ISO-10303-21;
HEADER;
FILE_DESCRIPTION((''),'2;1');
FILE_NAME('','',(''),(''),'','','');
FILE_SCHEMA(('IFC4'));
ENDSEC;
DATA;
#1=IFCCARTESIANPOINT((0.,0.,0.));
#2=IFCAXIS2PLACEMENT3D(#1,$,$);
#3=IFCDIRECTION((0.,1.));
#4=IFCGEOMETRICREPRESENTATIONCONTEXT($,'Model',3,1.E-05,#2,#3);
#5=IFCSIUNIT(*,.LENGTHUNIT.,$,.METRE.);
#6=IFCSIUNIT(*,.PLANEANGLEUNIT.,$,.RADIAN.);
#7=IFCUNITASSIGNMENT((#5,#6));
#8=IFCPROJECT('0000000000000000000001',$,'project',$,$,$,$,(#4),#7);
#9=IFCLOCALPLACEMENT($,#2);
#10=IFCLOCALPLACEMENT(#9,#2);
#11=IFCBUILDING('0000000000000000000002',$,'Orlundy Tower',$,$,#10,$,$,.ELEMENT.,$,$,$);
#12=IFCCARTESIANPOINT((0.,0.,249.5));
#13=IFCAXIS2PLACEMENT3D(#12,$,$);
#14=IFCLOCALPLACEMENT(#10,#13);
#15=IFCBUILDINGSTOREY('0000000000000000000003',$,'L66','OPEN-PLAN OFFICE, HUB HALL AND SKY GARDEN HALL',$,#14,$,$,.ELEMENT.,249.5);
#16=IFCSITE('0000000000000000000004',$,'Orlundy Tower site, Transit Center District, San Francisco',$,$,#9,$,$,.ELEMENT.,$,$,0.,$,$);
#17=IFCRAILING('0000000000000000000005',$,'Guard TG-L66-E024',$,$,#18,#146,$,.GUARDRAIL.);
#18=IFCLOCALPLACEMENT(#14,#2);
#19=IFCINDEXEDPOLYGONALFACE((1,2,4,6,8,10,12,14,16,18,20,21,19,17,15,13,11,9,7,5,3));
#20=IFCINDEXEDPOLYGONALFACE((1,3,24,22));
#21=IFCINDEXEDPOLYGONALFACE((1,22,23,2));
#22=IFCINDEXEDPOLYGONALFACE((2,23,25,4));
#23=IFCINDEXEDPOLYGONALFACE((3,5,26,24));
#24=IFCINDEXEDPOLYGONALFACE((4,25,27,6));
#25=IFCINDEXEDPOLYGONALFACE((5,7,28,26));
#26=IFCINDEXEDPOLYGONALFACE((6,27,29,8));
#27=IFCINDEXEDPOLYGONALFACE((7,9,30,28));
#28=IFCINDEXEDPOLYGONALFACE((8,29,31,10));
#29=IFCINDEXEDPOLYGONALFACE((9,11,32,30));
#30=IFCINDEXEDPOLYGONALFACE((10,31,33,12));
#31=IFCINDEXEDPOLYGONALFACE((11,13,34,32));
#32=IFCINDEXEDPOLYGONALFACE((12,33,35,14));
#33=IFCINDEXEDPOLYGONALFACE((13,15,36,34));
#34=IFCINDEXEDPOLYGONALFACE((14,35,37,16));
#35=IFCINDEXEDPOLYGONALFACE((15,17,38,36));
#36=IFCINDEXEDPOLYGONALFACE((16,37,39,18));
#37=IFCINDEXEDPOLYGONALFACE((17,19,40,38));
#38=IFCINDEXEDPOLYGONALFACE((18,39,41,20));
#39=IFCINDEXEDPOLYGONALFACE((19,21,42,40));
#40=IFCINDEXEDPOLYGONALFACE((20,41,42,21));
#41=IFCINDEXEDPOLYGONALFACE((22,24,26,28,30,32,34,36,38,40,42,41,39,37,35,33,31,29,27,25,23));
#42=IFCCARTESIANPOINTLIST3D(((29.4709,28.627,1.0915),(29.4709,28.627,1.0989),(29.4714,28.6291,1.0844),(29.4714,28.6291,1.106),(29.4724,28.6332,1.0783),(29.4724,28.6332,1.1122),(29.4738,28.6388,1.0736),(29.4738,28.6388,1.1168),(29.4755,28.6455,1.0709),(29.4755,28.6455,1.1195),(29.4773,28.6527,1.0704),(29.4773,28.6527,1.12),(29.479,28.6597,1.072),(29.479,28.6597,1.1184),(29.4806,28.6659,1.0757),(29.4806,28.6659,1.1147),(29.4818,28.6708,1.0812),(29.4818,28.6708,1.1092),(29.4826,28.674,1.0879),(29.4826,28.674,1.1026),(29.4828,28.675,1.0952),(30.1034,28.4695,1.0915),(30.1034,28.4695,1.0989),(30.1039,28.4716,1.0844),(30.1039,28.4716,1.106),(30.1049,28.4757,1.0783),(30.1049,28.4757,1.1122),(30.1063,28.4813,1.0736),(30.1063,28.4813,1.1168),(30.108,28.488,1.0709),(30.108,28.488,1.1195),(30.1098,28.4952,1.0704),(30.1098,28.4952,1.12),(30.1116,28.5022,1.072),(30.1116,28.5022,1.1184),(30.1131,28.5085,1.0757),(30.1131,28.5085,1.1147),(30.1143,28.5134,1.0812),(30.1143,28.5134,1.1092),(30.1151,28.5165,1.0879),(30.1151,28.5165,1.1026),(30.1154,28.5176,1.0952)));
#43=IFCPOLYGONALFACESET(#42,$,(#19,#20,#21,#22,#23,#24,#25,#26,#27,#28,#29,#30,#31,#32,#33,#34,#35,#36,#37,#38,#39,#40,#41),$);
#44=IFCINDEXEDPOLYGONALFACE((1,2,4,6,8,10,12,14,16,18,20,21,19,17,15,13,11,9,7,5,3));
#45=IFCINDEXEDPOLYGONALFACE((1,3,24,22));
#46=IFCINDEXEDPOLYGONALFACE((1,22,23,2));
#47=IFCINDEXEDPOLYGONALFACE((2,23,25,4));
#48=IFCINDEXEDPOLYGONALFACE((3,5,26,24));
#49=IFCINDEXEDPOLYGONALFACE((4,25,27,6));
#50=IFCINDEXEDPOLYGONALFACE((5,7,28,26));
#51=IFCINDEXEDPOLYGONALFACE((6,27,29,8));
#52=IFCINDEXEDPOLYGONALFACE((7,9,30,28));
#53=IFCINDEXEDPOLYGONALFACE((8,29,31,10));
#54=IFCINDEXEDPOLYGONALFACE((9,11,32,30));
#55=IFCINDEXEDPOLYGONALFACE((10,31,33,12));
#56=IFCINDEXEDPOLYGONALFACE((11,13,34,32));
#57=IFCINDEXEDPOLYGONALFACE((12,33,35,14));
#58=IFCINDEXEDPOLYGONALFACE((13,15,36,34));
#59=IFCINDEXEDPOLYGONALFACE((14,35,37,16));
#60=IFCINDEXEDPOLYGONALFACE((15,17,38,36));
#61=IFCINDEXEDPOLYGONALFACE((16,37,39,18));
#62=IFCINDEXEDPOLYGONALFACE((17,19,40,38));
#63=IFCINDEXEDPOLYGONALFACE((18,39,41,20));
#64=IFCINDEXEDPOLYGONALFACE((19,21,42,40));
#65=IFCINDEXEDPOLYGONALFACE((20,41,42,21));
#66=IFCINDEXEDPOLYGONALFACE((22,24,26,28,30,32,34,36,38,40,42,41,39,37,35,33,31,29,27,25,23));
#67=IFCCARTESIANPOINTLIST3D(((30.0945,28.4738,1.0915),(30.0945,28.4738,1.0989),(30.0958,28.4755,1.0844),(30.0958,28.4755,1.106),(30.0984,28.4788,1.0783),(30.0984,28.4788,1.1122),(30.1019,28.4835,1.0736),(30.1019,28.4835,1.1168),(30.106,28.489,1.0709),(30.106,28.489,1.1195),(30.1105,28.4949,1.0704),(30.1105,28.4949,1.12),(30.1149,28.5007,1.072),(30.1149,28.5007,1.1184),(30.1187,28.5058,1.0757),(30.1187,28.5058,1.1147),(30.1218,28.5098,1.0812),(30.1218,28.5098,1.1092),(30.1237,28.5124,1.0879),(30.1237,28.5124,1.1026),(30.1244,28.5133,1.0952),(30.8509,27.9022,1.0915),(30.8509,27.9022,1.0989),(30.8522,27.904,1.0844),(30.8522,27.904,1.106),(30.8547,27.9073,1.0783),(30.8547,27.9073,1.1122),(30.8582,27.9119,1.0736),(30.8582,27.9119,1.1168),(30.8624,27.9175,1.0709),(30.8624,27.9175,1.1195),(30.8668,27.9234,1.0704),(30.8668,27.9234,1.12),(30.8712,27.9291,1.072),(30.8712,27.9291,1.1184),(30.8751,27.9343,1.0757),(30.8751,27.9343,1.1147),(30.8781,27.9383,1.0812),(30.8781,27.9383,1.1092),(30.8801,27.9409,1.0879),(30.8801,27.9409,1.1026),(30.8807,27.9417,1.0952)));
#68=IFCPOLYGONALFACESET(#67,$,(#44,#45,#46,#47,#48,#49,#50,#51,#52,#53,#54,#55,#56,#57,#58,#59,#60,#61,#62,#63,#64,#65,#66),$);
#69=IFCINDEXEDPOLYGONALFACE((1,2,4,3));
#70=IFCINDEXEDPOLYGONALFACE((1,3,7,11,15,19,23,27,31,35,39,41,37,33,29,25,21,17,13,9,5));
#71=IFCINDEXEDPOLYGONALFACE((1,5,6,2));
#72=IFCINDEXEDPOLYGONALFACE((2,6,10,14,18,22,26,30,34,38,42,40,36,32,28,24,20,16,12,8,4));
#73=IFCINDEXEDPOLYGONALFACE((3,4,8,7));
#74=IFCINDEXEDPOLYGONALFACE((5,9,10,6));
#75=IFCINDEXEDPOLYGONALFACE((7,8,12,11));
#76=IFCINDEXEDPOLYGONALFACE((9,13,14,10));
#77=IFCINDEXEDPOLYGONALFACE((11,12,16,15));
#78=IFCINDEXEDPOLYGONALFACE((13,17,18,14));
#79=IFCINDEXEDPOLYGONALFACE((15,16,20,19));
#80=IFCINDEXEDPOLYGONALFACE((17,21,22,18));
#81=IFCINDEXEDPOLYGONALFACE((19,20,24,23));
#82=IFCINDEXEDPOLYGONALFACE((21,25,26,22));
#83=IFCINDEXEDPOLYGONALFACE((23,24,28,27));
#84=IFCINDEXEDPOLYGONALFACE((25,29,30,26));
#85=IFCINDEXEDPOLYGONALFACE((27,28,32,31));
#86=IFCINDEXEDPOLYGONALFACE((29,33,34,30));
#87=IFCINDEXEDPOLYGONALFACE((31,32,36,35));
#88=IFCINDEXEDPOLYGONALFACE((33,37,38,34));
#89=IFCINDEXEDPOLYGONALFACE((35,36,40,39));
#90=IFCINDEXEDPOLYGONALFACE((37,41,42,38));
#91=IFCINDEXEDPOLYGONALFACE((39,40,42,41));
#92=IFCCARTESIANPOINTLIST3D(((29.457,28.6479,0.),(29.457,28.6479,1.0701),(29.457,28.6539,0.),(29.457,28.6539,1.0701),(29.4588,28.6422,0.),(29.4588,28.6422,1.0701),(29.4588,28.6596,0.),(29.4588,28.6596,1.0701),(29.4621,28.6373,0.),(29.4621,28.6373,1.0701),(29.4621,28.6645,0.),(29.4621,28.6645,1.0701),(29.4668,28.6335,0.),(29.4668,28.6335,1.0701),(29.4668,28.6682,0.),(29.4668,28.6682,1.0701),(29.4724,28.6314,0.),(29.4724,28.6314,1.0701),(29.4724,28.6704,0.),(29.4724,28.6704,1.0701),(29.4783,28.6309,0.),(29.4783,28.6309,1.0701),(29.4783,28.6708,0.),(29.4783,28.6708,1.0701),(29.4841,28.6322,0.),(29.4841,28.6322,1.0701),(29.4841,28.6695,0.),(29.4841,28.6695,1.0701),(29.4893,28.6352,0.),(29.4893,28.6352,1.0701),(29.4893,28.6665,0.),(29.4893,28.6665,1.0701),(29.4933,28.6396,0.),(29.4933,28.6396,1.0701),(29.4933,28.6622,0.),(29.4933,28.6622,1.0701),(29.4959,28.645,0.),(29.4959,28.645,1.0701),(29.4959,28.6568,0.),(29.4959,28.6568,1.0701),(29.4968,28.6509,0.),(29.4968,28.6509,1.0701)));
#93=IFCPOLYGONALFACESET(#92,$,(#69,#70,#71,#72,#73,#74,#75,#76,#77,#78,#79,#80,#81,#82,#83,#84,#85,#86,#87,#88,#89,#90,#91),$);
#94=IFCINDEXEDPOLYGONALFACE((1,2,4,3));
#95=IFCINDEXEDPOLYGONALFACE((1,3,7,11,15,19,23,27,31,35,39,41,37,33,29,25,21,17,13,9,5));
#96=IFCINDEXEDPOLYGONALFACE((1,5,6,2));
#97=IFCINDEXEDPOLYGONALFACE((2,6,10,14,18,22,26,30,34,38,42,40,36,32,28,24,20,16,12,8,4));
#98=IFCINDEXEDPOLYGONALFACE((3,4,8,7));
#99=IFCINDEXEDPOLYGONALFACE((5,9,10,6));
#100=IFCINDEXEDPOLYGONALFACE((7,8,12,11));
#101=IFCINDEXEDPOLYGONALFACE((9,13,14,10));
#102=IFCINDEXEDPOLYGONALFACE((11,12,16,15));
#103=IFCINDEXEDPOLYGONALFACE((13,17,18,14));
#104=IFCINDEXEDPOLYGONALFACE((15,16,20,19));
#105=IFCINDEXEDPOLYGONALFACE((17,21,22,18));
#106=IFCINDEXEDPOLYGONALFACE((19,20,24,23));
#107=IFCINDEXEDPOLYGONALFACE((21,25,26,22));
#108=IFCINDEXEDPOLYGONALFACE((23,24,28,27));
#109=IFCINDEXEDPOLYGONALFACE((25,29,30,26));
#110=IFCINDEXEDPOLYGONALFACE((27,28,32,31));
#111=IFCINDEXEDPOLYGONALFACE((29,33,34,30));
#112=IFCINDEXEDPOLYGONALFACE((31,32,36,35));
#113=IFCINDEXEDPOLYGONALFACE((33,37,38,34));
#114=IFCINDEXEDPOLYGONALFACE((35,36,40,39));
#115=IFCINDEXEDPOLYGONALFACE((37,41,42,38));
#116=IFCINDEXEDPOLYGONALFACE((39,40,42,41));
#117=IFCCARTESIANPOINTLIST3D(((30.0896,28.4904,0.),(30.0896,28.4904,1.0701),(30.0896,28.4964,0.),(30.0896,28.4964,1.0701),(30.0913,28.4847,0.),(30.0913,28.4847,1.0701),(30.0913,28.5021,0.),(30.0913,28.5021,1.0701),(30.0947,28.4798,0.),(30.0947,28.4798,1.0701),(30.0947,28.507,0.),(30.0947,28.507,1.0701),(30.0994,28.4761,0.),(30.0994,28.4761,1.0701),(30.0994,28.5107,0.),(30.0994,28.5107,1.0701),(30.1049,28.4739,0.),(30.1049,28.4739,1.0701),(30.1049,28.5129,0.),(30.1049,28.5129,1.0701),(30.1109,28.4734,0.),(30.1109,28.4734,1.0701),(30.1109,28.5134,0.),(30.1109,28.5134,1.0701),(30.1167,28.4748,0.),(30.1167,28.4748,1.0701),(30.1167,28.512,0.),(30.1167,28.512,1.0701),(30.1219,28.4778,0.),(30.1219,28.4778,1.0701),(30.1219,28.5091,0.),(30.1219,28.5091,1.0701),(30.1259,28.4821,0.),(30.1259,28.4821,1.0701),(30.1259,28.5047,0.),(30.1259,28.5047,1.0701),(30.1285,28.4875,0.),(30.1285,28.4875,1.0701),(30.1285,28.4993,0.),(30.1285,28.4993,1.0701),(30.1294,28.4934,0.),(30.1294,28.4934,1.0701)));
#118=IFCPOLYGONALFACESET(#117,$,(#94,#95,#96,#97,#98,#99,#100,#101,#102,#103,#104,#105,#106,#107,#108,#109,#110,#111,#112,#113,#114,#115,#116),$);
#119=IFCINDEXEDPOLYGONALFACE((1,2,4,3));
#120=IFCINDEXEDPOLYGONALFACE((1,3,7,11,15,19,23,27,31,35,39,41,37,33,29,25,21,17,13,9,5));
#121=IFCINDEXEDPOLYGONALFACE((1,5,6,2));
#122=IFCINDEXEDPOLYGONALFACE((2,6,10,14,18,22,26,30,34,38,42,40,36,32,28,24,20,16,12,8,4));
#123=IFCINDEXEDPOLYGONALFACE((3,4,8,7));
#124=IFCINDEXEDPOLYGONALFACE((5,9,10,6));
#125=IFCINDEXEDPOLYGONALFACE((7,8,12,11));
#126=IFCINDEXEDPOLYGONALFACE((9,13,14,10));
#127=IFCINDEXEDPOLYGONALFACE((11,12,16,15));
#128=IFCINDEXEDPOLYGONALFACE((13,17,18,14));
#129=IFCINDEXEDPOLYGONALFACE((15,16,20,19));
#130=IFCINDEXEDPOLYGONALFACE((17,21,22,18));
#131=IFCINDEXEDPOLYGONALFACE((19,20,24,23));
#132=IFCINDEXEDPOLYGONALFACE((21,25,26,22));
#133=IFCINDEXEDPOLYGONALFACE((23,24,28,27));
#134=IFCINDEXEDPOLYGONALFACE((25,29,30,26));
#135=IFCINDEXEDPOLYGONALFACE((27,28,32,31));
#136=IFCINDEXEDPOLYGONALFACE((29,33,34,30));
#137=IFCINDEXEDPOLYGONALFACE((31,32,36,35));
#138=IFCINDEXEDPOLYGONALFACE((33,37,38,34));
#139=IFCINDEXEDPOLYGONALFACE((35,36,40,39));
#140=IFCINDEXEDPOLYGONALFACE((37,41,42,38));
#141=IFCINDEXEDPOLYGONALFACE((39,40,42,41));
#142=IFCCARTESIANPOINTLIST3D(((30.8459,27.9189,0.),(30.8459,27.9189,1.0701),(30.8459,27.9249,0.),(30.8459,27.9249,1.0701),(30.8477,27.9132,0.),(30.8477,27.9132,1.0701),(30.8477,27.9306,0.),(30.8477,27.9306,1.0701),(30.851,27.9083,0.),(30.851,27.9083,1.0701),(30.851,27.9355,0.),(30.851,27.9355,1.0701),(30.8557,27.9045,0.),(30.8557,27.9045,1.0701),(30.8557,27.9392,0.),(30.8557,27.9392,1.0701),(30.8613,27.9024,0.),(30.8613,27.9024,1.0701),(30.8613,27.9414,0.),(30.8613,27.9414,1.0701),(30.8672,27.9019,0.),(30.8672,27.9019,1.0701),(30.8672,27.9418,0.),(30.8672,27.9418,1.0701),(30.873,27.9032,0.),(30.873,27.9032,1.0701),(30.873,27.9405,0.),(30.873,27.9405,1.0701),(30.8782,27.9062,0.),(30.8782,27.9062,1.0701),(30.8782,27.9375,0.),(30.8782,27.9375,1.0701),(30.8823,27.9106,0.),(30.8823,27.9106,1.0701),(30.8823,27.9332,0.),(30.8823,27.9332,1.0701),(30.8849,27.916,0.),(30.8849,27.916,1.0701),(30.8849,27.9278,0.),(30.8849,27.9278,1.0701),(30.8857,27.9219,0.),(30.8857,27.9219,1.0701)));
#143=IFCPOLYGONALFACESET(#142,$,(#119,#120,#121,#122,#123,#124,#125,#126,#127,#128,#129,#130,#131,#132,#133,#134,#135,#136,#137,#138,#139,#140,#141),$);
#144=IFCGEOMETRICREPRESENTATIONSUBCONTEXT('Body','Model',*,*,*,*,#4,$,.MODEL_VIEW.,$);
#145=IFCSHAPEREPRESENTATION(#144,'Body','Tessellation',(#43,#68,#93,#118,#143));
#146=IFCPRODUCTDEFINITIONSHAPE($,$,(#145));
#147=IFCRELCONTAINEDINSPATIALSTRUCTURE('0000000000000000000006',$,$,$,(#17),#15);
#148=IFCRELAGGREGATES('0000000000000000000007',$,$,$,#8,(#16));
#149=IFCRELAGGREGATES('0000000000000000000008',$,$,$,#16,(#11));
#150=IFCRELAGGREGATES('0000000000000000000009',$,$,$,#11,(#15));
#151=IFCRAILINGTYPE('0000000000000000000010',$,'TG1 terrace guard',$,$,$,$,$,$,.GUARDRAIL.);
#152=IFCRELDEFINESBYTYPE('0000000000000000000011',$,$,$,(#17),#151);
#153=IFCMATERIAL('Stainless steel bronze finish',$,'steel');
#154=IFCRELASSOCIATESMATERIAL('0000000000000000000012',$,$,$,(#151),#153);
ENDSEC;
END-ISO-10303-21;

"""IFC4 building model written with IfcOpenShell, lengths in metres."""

from ifc_helpers import new_model, si_unit, direction, frame, origin, origin_2d, place, context, subcontext, project, spatial, circle, extrude, material, type_object, element, save


model = new_model("IFC4")

# Units and contexts
model_context = context("Model", 3, precision=1e-05, world=origin(), true_north=direction((0.0, 1.0)))
body_context = subcontext(model_context, "Body", "Model", "MODEL_VIEW")
ifc_project = project(units=[si_unit("LENGTHUNIT", "METRE"), si_unit("PLANEANGLEUNIT", "RADIAN")], contexts=[model_context])

# Site, building, storey
site_placement = place(None, origin())
site = spatial("IfcSite", under=ifc_project, at=site_placement, Name="Orlundy Tower site, Transit Center District, San Francisco", CompositionType="ELEMENT", RefElevation=0.0)
building_placement = place(site_placement, origin())
building = spatial("IfcBuilding", under=site, at=building_placement, Name="Orlundy Tower", CompositionType="ELEMENT")
storey_placement = place(building_placement, frame((0.0, 0.0, 249.5)))
storey = spatial("IfcBuildingStorey", under=building, at=storey_placement, Name="L66", Description="OPEN-PLAN OFFICE, HUB HALL AND SKY GARDEN HALL", CompositionType="ELEMENT", Elevation=249.5)

# Railing
ifc_material_1 = material(Name="Stainless steel bronze finish", Category="steel")
railing_type = type_object("IfcRailingType", Name="TG1 terrace guard", PredefinedType="GUARDRAIL", material=ifc_material_1)
railing_1_placement = place(storey_placement, frame((29.4768, 28.6509, 0.0)))
element("IfcRailing", 1, at=railing_1_placement, inside=storey, type_object=railing_type, Name="Guard TG-L66-E024", PredefinedType="GUARDRAIL", context=body_context, shape_type="SweptSolid", body=[
    extrude(circle(Radius=0.0249, at=origin_2d()), frame((0.0, 0.0, 1.0952), z_axis=(0.970384, -0.241566, 0.0), x_axis=(0.241566, 0.970384, 0.0)), (0.0, 0.0, 1.0), 0.6519),
    extrude(circle(Radius=0.0249, at=origin_2d()), frame((0.6326, -0.1575, 1.0952), z_axis=(0.797832, -0.60288, 0.0), x_axis=(0.60288, 0.797832, 0.0)), (0.0, 0.0, 1.0), 0.948),
    extrude(circle(Radius=0.02, at=origin_2d()), origin(), (0.0, 0.0, 1.0), 1.0701),
    extrude(circle(Radius=0.02, at=origin_2d()), frame((0.6326, -0.1575, 0.0)), (0.0, 0.0, 1.0), 1.0701),
    extrude(circle(Radius=0.02, at=origin_2d()), frame((1.3889, -0.729, 0.0)), (0.0, 0.0, 1.0), 1.0701),
])

save(model, "model.ifc")
